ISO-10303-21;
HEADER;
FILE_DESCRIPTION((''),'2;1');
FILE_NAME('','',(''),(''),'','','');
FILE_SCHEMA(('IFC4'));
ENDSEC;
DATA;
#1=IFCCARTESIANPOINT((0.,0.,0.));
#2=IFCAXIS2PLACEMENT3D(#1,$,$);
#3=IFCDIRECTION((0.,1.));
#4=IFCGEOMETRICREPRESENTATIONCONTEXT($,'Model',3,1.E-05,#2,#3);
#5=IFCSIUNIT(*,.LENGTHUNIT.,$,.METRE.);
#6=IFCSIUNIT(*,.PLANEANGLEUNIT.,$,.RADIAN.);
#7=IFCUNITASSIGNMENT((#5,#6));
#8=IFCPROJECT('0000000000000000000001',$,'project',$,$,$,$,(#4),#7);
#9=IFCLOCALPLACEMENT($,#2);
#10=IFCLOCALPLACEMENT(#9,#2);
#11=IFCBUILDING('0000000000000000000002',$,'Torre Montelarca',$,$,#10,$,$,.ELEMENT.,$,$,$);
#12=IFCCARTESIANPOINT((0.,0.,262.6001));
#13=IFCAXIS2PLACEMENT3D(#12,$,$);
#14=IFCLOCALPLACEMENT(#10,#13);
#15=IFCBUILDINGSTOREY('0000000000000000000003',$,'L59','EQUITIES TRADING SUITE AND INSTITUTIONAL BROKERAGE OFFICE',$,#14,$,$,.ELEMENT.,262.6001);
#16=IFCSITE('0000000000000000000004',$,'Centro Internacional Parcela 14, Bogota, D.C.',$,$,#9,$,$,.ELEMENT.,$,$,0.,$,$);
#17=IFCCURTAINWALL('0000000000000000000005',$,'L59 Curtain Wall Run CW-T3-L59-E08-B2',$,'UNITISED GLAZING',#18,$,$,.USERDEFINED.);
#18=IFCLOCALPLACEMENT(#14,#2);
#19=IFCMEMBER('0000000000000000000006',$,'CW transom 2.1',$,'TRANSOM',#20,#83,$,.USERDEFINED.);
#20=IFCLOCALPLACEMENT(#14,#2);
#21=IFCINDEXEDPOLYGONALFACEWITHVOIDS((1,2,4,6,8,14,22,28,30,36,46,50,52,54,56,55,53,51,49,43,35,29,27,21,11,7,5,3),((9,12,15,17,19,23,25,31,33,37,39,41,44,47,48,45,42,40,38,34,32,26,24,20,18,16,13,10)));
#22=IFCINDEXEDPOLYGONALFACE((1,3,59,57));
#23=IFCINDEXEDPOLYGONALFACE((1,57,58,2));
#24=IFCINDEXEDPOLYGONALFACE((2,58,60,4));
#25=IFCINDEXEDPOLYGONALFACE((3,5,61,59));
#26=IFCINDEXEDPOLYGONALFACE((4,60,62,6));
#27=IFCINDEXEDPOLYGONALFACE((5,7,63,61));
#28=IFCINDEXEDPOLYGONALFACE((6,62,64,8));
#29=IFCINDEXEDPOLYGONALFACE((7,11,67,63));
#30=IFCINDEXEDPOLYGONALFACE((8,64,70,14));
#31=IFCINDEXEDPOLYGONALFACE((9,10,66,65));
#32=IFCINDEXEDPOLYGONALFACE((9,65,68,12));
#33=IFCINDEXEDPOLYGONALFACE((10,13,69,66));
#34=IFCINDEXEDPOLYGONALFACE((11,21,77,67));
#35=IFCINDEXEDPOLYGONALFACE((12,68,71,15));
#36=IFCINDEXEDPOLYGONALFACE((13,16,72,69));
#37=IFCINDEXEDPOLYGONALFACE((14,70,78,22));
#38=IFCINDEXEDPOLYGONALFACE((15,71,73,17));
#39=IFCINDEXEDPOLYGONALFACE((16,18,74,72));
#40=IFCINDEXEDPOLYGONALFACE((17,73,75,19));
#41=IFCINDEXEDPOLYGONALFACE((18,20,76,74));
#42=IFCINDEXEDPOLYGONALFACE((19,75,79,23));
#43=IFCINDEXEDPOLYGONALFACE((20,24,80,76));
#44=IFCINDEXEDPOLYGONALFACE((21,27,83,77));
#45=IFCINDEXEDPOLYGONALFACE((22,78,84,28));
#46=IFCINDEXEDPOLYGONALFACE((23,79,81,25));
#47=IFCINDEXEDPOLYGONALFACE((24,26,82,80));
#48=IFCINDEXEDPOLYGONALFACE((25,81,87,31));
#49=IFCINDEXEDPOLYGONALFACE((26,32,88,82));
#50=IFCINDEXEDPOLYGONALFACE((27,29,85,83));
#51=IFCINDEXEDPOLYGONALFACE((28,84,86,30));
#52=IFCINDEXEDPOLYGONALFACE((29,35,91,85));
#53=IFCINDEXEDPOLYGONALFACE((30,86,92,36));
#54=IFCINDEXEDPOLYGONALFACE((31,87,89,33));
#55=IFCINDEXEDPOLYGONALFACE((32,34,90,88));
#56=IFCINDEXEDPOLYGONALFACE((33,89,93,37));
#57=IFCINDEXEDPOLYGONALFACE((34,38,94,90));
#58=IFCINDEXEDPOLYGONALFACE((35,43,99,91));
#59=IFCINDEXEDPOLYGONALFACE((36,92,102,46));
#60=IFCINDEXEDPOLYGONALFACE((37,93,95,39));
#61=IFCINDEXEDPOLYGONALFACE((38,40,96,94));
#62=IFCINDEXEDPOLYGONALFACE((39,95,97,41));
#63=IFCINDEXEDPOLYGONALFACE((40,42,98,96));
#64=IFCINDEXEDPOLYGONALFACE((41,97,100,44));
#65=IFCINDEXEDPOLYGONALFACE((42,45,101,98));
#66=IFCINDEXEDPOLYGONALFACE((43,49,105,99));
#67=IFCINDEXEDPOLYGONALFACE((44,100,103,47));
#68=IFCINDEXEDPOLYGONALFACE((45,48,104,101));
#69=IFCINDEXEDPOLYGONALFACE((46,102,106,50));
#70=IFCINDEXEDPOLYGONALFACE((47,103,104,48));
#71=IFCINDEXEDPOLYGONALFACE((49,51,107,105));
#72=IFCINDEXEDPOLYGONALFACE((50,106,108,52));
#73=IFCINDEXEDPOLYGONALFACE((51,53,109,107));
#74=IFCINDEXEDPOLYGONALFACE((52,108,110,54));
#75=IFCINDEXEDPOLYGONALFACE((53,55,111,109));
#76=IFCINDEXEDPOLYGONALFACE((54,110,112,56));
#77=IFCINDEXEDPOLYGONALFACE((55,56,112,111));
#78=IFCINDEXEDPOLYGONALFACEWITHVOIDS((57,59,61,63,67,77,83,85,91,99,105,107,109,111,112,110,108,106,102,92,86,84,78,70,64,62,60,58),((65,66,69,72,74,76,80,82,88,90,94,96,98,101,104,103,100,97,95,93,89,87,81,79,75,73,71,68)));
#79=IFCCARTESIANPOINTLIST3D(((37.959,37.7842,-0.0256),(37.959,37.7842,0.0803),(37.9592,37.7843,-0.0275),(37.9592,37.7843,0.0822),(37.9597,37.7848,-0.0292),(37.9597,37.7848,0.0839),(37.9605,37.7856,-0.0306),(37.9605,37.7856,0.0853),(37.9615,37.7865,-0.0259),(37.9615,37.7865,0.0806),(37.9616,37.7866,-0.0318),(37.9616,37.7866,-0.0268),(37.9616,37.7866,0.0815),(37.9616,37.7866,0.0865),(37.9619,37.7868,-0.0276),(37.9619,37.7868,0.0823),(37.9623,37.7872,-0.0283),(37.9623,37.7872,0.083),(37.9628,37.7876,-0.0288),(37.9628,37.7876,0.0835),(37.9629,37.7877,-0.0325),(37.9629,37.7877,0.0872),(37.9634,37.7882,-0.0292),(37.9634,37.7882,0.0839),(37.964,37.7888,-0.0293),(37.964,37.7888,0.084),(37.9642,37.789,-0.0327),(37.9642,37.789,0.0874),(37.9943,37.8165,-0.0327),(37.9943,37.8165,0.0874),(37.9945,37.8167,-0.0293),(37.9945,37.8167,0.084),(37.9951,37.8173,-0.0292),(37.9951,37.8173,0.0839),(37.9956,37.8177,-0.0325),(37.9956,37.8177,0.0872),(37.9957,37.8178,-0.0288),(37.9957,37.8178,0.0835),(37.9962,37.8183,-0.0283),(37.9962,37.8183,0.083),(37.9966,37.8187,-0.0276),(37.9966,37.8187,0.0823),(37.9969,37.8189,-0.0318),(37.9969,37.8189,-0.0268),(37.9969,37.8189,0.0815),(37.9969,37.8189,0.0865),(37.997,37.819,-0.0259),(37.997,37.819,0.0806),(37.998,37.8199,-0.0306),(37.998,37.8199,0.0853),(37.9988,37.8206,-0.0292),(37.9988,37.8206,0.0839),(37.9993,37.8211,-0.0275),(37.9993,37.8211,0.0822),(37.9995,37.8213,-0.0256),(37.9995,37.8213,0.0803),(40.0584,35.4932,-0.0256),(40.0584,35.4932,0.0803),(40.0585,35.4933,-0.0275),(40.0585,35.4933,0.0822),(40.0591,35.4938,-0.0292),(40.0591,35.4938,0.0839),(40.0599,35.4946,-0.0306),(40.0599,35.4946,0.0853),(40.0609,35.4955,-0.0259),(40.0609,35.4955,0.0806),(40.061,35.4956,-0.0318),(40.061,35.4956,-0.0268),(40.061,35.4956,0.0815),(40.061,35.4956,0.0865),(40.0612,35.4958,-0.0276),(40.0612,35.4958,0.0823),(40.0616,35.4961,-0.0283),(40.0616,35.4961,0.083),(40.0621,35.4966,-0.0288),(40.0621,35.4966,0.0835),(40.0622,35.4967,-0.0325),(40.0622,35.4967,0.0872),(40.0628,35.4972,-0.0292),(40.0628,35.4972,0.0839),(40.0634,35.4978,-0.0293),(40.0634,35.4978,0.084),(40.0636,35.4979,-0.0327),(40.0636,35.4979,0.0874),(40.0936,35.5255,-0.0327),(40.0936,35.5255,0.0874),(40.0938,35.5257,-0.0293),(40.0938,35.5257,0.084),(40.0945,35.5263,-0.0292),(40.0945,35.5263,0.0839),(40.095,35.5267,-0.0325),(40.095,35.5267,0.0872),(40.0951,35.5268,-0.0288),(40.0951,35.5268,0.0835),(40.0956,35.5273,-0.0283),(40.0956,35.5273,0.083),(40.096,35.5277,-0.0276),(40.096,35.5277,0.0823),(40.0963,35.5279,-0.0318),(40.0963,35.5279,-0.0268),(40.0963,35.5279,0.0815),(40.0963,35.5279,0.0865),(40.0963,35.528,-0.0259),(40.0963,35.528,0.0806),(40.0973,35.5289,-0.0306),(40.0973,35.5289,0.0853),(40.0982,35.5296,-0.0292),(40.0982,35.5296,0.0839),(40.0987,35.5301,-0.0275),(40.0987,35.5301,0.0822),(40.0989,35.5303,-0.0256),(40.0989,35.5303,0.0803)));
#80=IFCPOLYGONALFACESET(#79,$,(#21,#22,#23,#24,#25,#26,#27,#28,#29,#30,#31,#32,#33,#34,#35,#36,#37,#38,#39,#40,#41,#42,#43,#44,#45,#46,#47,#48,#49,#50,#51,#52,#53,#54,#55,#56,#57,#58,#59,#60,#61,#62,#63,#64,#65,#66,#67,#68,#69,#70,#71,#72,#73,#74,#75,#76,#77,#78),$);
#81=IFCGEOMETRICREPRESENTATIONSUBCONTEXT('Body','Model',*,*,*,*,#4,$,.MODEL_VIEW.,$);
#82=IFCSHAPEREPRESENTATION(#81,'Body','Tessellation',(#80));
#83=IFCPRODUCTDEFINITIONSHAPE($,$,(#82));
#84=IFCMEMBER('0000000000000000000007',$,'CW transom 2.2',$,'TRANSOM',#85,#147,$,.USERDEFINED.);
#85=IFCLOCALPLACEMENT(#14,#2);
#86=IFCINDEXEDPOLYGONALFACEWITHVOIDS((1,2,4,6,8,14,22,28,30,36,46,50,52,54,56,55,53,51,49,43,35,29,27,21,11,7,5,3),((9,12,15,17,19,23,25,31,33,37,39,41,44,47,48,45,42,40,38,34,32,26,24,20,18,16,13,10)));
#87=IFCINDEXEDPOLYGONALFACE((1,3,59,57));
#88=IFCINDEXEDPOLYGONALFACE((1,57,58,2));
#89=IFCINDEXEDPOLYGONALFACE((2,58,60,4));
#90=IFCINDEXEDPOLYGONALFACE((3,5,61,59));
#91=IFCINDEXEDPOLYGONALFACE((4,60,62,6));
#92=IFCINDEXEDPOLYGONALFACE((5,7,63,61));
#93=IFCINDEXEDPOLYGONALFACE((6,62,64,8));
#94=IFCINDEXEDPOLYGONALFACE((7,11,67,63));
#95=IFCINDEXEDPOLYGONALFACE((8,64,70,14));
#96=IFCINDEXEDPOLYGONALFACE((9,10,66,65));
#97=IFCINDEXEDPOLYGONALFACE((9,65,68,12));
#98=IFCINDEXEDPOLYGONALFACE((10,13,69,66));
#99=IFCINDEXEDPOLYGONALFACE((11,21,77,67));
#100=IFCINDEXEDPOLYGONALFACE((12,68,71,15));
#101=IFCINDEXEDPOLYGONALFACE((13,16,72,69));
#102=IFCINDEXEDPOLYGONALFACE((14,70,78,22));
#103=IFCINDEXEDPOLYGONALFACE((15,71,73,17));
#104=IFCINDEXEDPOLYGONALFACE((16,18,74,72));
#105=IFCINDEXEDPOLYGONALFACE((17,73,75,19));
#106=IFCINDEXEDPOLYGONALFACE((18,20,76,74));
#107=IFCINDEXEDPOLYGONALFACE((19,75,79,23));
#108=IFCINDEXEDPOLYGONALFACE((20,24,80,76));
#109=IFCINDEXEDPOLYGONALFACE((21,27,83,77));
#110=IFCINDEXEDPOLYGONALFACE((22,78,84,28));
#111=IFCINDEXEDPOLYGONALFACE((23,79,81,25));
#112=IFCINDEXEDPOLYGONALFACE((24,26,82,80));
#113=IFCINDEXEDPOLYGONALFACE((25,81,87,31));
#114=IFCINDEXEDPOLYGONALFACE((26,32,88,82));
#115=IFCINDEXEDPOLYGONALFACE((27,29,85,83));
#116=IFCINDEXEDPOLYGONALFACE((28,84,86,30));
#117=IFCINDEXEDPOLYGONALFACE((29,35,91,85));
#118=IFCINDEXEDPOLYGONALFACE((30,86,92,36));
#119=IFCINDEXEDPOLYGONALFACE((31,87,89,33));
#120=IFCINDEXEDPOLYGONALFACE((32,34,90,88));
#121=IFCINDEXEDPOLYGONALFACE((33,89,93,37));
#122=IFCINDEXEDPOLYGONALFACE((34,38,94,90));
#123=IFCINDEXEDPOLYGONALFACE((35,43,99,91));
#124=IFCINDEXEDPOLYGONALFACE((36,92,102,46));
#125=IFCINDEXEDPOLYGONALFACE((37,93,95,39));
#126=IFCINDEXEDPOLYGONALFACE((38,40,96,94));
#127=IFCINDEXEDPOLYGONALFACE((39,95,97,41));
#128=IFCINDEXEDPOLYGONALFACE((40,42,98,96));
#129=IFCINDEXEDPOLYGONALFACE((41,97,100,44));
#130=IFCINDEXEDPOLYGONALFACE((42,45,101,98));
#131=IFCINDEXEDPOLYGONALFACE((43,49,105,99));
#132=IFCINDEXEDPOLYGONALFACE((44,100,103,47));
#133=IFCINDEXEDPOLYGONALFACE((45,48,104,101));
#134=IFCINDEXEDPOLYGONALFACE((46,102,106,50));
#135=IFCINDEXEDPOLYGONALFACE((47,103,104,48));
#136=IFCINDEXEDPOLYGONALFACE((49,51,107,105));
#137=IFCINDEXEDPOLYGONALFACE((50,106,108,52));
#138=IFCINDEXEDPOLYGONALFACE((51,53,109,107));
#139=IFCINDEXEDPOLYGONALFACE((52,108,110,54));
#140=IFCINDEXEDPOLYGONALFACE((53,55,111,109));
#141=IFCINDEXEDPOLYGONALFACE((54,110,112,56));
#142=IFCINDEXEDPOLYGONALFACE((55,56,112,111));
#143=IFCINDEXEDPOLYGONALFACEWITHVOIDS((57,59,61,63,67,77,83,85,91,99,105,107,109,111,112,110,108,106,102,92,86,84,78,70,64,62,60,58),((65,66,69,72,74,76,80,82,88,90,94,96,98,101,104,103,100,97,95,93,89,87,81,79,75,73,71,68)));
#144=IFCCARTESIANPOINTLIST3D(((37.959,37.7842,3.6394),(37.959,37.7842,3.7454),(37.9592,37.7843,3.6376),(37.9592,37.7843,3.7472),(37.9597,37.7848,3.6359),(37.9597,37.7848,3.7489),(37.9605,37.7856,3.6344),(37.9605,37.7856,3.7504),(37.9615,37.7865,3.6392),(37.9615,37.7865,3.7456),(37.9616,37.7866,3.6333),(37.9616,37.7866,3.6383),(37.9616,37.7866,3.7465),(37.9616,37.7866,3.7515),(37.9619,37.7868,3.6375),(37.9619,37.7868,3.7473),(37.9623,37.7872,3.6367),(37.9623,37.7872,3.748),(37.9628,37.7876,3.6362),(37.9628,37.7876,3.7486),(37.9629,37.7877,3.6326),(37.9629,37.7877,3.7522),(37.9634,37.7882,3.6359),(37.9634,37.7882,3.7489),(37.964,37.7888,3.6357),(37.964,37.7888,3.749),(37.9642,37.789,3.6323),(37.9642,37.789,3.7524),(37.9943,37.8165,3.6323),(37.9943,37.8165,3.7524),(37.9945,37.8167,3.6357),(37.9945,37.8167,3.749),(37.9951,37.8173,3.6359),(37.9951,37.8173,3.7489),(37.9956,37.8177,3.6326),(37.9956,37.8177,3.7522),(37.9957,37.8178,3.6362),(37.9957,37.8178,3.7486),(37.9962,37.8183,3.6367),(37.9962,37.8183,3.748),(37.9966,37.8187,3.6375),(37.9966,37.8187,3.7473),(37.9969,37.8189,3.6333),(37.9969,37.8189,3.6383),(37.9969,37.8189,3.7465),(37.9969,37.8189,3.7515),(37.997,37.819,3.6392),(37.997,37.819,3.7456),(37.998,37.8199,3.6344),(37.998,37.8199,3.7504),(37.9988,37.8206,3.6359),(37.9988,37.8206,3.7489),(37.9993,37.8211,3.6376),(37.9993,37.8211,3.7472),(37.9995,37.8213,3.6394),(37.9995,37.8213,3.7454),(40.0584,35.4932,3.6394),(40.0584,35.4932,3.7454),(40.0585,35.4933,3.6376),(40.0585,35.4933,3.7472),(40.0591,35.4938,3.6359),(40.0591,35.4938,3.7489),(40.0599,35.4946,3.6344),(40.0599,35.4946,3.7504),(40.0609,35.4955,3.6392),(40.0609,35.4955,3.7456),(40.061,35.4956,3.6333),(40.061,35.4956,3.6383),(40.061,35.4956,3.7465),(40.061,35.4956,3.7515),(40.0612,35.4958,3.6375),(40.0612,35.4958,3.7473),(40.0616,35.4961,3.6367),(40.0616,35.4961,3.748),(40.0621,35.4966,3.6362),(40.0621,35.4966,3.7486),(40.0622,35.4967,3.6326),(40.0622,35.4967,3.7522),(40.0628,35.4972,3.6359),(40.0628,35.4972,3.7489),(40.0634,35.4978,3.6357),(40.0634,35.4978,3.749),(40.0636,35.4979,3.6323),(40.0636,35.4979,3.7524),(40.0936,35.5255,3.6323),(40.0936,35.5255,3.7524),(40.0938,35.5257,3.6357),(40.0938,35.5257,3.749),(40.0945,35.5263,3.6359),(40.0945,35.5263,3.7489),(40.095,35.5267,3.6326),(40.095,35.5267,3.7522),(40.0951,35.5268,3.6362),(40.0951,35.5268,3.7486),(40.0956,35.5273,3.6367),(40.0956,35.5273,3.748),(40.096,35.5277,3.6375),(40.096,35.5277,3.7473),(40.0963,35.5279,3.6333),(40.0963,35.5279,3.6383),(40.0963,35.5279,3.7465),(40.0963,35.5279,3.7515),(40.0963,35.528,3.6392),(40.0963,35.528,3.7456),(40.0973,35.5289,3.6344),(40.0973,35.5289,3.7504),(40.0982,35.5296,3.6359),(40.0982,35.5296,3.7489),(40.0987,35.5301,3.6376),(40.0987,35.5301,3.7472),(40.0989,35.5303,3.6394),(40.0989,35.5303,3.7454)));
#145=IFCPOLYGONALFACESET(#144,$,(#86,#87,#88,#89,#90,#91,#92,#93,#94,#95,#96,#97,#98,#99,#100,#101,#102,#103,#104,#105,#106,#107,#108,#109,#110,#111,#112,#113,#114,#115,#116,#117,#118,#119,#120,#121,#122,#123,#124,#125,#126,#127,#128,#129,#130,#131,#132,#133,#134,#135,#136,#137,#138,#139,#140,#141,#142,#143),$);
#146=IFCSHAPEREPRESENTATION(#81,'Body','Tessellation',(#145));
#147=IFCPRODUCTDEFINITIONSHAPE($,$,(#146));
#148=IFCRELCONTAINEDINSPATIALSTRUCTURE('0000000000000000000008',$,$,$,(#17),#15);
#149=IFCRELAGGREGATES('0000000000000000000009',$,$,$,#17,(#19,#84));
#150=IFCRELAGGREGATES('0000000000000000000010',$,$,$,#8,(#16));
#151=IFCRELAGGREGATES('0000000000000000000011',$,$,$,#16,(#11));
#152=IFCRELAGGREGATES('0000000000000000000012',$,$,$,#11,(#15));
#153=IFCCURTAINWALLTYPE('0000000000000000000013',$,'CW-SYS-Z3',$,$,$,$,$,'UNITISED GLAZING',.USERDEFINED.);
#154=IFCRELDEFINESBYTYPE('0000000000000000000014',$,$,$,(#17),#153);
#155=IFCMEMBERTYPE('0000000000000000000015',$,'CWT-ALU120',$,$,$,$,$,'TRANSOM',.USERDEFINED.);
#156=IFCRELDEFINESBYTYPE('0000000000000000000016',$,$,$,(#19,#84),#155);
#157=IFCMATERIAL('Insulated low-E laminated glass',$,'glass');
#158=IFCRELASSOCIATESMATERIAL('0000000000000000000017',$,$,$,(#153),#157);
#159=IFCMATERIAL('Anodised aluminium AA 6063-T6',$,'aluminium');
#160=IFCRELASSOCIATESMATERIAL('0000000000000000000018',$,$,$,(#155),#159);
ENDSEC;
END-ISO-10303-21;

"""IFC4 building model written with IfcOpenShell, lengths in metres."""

from ifc_helpers import new_model, si_unit, direction, frame, origin, origin_2d, place, context, subcontext, project, spatial, hollow_rectangle, extrude, source, transform, mapped, material, material_profile, profile_set, type_object, element, aggregate, save


model = new_model("IFC4")

# Units and contexts
model_context = context("Model", 3, precision=1e-05, world=origin(), true_north=direction((0.0, 1.0)))
body_context = subcontext(model_context, "Body", "Model", "MODEL_VIEW")
ifc_project = project(units=[si_unit("LENGTHUNIT", "METRE"), si_unit("PLANEANGLEUNIT", "RADIAN")], contexts=[model_context])

# Site, building, storey
site_placement = place(None, origin())
site = spatial("IfcSite", under=ifc_project, at=site_placement, Name="Centro Internacional Parcela 14, Bogota, D.C.", CompositionType="ELEMENT", RefElevation=0.0)
building_placement = place(site_placement, origin())
building = spatial("IfcBuilding", under=site, at=building_placement, Name="Torre Montelarca", CompositionType="ELEMENT")
storey_placement = place(building_placement, frame((0.0, 0.0, 262.6001)))
storey = spatial("IfcBuildingStorey", under=building, at=storey_placement, Name="L59", Description="EQUITIES TRADING SUITE AND INSTITUTIONAL BROKERAGE OFFICE", CompositionType="ELEMENT", Elevation=262.6001)

# Shared definitions
ifc_material_1 = material(Name="Insulated low-E laminated glass", Category="glass")
curtain_wall_type = type_object("IfcCurtainWallType", Name="CW-SYS-Z3", ElementType="UNITISED GLAZING", PredefinedType="USERDEFINED", material=ifc_material_1)
ifc_material_2 = material(Name="Anodised aluminium AA 6063-T6", Category="aluminium")

# Curtain wall
curtain_wall_1_placement = place(storey_placement, origin())
curtain_wall_1 = element("IfcCurtainWall", 1, at=curtain_wall_1_placement, inside=storey, type_object=curtain_wall_type, Name="L59 Curtain Wall Run CW-T3-L59-E08-B2", ObjectType="UNITISED GLAZING", PredefinedType="USERDEFINED")

# Members
ifc_material_profile_1 = material_profile(ifc_material_2, hollow_rectangle(XDim=0.0549, YDim=0.1201, WallThickness=0.0034, InnerFilletRadius=0.0034, OuterFilletRadius=0.0071, at=origin_2d()), Name="ALU55X120X3.5", Category="aluminium")
ifc_profile_set_1 = profile_set([ifc_material_profile_1], Name="Anodised aluminium AA 6063-T6")
member_type_1 = type_object("IfcMemberType", Name="CWT-ALU120", ElementType="TRANSOM", PredefinedType="USERDEFINED", material=ifc_profile_set_1)
shared_shape_1 = source(origin(), body_context, "Body", "SweptSolid", [
    extrude(hollow_rectangle(XDim=0.0549, YDim=0.1201, WallThickness=0.0034, InnerFilletRadius=0.0034, OuterFilletRadius=0.0071, at=origin_2d()), origin(), (0.0, 0.0, 1.0), 3.1074),
])
member_1_placement = place(storey_placement, frame((40.0786, 35.5117, 0.0273), z_axis=(-0.675597, 0.737272, 0.0), x_axis=(-0.737272, -0.675597, 0.0)))
member_1 = element("IfcMember", 2, at=member_1_placement, type_object=member_type_1, Name="CW transom 2.1", ObjectType="TRANSOM", PredefinedType="USERDEFINED", context=body_context, shape_type="MappedRepresentation", body=[
    mapped(shared_shape_1, transform((0.0, 0.0, 0.0), scale=1.0)),
])
member_2_placement = place(storey_placement, frame((40.0786, 35.5117, 3.6924), z_axis=(-0.675597, 0.737272, 0.0), x_axis=(-0.737272, -0.675597, 0.0)))
member_2 = element("IfcMember", 3, at=member_2_placement, type_object=member_type_1, Name="CW transom 2.2", ObjectType="TRANSOM", PredefinedType="USERDEFINED", context=body_context, shape_type="MappedRepresentation", body=[
    mapped(shared_shape_1, transform((0.0, 0.0, 0.0), scale=1.0)),
])

aggregate(curtain_wall_1, [member_1, member_2])

save(model, "model.ifc")
